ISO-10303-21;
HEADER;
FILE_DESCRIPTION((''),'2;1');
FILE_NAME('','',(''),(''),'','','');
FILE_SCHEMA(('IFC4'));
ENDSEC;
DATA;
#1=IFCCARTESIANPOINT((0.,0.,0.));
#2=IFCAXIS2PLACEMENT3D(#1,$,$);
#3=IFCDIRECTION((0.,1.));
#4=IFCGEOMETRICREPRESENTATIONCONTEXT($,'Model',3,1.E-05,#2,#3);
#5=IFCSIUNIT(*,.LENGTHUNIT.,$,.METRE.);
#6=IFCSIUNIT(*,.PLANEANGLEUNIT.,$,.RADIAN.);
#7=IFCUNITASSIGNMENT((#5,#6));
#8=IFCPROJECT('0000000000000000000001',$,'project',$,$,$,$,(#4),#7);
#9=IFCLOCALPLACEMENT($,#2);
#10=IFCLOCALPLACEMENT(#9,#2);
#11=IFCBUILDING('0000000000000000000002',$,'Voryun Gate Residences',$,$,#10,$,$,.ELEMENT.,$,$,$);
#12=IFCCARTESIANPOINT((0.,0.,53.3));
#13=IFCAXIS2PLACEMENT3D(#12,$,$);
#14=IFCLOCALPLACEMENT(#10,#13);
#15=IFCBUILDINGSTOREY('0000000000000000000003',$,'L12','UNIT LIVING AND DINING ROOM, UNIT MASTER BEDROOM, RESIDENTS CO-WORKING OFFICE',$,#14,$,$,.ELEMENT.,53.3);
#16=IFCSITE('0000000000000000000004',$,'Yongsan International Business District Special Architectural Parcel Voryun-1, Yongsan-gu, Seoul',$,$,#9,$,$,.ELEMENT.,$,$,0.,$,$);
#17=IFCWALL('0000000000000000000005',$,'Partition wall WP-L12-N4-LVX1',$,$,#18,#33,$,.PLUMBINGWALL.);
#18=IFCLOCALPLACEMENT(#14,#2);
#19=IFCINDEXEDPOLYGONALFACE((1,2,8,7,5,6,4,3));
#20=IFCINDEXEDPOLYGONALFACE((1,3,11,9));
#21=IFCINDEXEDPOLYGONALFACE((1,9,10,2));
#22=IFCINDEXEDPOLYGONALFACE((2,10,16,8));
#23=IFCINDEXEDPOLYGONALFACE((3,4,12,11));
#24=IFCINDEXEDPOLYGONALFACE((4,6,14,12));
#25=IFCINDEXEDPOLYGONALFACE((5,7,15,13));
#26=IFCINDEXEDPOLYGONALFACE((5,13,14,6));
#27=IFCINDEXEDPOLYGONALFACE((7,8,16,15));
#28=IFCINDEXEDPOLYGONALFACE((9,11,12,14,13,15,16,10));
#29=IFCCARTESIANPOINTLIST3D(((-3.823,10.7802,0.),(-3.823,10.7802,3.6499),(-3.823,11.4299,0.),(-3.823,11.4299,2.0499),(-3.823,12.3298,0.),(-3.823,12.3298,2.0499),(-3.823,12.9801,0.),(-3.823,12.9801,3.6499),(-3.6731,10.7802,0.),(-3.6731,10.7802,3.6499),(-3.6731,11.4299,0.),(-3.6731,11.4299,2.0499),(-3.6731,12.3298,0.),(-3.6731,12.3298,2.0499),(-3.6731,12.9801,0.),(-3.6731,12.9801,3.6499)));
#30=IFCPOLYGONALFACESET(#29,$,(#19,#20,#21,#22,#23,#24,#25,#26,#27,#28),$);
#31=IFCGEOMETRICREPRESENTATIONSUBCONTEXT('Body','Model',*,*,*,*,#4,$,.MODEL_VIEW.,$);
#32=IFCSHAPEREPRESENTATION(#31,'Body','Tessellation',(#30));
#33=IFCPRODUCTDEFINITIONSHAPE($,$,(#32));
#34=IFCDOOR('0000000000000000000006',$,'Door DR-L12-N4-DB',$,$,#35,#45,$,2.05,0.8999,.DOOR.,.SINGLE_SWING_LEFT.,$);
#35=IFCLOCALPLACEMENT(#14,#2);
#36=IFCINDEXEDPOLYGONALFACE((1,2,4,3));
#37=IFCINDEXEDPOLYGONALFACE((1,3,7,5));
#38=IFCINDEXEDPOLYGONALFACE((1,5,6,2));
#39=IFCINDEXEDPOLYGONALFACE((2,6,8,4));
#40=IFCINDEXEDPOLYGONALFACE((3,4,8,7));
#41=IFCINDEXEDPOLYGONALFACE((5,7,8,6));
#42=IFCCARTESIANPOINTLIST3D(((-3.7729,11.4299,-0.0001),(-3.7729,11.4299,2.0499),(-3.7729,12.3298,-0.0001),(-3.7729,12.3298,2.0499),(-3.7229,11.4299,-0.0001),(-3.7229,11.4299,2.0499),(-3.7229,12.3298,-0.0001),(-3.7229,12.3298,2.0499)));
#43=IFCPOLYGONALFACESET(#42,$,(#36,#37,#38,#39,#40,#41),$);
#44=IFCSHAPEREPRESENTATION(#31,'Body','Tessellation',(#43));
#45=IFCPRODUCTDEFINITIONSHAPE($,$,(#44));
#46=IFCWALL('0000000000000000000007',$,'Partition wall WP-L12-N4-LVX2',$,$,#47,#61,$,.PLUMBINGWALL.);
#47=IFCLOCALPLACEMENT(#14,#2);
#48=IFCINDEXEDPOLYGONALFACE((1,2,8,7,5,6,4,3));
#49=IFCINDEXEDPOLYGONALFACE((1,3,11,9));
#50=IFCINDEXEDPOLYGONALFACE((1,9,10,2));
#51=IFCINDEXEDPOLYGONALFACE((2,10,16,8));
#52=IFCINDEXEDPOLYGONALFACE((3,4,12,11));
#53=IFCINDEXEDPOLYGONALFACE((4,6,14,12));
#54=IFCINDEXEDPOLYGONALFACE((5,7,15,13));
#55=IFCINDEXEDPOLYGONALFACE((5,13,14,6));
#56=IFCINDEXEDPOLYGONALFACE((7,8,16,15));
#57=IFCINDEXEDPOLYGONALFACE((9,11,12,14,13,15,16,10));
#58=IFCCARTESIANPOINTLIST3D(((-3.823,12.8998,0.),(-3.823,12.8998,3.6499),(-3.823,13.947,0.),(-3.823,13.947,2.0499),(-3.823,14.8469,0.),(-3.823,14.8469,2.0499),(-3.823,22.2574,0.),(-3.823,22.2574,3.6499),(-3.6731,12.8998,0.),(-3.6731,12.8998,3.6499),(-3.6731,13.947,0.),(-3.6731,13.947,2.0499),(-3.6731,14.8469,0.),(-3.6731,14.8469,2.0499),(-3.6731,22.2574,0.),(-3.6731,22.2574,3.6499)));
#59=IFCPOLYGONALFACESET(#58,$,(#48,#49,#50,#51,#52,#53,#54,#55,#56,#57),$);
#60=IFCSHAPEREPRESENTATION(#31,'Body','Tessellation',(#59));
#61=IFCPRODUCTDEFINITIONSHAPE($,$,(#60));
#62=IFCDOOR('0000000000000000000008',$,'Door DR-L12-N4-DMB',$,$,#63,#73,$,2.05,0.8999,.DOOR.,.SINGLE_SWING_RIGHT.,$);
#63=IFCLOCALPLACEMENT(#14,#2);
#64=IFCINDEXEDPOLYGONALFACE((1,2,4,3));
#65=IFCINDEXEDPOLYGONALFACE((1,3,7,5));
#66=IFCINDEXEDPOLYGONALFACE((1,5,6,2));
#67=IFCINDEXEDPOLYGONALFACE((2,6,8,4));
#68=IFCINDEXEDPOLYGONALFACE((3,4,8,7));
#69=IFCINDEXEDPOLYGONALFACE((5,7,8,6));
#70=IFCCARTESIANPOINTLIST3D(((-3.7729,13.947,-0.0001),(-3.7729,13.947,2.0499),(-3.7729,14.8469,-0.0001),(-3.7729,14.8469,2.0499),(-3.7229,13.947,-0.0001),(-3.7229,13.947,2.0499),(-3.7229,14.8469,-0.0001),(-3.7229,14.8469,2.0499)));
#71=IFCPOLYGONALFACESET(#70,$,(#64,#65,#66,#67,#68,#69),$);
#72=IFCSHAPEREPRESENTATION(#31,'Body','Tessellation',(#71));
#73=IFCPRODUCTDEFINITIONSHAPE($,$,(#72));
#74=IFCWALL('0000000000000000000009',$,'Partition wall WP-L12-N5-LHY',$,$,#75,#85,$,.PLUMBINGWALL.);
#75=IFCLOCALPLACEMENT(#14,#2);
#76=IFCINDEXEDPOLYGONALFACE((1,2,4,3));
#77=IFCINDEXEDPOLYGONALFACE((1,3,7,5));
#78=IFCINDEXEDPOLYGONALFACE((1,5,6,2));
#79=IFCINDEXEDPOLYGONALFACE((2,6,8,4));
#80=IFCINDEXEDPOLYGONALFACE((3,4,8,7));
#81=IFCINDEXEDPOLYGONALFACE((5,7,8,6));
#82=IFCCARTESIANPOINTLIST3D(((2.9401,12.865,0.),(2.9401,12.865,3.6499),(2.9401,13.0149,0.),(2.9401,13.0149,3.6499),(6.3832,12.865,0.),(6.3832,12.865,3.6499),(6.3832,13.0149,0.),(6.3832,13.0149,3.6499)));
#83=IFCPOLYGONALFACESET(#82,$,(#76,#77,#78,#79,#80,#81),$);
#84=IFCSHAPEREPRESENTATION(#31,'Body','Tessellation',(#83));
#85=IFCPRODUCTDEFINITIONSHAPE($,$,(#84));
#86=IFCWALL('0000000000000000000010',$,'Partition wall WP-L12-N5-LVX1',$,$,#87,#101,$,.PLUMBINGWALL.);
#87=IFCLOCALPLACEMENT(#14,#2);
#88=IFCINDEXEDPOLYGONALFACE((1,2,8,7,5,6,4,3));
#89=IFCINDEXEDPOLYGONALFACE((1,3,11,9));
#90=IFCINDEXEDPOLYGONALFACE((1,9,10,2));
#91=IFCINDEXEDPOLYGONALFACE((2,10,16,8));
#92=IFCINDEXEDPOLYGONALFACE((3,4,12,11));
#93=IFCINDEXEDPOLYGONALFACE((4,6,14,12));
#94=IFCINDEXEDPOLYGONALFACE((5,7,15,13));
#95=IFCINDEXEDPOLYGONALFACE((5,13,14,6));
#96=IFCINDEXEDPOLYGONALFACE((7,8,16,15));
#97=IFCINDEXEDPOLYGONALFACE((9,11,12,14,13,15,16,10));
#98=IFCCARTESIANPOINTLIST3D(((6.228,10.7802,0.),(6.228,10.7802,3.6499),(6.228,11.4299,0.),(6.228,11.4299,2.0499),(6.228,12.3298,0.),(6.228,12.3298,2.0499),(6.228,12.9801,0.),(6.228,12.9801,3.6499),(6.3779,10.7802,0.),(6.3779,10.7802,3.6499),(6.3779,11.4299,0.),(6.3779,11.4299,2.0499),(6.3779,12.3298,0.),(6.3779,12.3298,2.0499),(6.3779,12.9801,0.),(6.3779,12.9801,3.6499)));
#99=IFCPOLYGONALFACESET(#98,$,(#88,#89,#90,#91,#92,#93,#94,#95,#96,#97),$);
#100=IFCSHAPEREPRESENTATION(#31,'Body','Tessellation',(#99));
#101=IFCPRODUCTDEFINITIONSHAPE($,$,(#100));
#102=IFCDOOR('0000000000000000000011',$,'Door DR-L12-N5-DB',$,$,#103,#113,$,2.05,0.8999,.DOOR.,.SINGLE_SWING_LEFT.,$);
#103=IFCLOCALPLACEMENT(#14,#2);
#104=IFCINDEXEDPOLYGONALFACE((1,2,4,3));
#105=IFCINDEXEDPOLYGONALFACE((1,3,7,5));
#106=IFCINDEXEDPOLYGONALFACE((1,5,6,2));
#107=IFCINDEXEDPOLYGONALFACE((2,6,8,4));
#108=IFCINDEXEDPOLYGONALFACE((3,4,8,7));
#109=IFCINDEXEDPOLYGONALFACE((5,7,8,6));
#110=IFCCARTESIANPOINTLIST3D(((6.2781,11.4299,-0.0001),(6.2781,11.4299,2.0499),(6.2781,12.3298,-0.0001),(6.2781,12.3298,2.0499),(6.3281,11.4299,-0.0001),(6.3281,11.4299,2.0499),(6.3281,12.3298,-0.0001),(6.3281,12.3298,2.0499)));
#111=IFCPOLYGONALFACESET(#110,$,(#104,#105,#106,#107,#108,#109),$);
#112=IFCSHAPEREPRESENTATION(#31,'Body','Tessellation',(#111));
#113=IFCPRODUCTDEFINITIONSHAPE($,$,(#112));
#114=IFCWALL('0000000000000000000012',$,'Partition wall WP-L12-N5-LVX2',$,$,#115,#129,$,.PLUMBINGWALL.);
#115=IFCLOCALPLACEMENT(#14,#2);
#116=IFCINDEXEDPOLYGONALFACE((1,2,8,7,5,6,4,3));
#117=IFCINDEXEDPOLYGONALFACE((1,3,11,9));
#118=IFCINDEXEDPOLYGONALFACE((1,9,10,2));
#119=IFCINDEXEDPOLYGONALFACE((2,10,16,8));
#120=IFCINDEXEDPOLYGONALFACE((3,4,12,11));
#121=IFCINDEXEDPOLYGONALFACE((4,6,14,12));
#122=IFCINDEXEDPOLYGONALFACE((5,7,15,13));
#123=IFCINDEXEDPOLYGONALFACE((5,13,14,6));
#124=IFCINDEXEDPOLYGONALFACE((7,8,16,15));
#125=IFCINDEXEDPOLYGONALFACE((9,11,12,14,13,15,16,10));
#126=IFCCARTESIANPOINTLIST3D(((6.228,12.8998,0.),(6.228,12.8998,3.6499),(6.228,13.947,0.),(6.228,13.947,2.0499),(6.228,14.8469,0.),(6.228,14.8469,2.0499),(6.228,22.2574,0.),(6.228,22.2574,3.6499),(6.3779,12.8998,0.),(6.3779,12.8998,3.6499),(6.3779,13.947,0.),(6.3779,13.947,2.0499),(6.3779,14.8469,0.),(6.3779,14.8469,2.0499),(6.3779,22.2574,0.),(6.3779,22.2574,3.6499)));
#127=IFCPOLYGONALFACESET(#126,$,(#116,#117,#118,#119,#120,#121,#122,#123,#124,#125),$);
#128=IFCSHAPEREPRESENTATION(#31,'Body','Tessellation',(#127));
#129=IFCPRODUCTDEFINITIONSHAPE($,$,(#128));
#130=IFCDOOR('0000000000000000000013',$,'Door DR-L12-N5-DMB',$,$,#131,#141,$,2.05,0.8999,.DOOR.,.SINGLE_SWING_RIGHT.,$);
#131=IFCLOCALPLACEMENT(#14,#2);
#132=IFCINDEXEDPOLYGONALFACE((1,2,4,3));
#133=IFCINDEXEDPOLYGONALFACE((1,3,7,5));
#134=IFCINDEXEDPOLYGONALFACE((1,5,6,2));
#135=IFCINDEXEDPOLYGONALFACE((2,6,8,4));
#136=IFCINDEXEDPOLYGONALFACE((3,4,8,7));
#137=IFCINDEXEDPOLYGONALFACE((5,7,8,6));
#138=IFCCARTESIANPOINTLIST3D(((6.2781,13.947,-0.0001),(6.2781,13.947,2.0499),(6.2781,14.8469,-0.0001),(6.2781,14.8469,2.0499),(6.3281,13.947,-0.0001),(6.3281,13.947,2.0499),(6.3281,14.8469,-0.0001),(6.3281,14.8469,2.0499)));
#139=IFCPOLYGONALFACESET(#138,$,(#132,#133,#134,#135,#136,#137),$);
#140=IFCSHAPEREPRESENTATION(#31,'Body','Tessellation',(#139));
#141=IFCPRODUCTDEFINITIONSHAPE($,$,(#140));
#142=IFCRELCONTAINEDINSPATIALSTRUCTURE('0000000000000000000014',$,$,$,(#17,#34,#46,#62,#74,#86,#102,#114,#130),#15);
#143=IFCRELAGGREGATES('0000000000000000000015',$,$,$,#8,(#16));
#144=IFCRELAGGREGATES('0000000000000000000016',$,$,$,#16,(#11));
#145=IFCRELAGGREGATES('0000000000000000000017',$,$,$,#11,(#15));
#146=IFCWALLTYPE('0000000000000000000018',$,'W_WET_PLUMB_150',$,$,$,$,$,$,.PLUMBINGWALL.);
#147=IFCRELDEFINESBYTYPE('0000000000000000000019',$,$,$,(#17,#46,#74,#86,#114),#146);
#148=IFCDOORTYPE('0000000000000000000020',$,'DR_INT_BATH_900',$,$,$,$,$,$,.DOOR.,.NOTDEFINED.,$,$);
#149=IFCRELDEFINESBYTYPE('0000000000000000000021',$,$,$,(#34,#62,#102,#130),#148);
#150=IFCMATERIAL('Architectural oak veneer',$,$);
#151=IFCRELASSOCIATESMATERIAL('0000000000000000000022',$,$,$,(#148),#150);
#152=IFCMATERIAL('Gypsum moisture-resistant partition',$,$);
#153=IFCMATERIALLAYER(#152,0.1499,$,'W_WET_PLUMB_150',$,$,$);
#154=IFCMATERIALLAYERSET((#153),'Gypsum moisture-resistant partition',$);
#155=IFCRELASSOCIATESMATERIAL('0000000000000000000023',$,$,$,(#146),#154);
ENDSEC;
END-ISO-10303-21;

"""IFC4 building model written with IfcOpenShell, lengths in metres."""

from ifc_helpers import new_model, si_unit, direction, frame, frame_2d, origin, place, context, subcontext, project, spatial, rectangle, extrude, material, layer, layer_set, type_object, element, fill, save


model = new_model("IFC4")

# Units and contexts
model_context = context("Model", 3, precision=1e-05, world=origin(), true_north=direction((0.0, 1.0)))
body_context = subcontext(model_context, "Body", "Model", "MODEL_VIEW")
ifc_project = project(units=[si_unit("LENGTHUNIT", "METRE"), si_unit("PLANEANGLEUNIT", "RADIAN")], contexts=[model_context])

# Site, building, storey
site_placement = place(None, origin())
site = spatial("IfcSite", under=ifc_project, at=site_placement, Name="Yongsan International Business District Special Architectural Parcel Voryun-1, Yongsan-gu, Seoul", CompositionType="ELEMENT", RefElevation=0.0)
building_placement = place(site_placement, origin())
building = spatial("IfcBuilding", under=site, at=building_placement, Name="Voryun Gate Residences", CompositionType="ELEMENT")
storey_placement = place(building_placement, frame((0.0, 0.0, 53.3)))
storey = spatial("IfcBuildingStorey", under=building, at=storey_placement, Name="L12", Description="UNIT LIVING AND DINING ROOM, UNIT MASTER BEDROOM, RESIDENTS CO-WORKING OFFICE", CompositionType="ELEMENT", Elevation=53.3)

# Shared definitions
ifc_material_1 = material(Name="Architectural oak veneer")
door_type_1 = type_object("IfcDoorType", Name="DR_INT_BATH_900", OperationType="NOTDEFINED", PredefinedType="DOOR", material=ifc_material_1)

# Walls, openings, doors
ifc_material_2 = material(Name="Gypsum moisture-resistant partition")
ifc_layer_1 = layer(ifc_material_2, 0.1499, Name="W_WET_PLUMB_150")
ifc_layer_set_1 = layer_set([ifc_layer_1], Name="Gypsum moisture-resistant partition")
wall_type_1 = type_object("IfcWallType", Name="W_WET_PLUMB_150", PredefinedType="PLUMBINGWALL", material=ifc_layer_set_1)
wall_1_placement = place(storey_placement, frame((-3.748, 10.78, 0.0), z_axis=(0.0, 0.0, 1.0), x_axis=(0.0, 1.0, 0.0)))
wall_1 = element("IfcWall", 1, at=wall_1_placement, inside=storey, type_object=wall_type_1, Name="Partition wall WP-L12-N4-LVX1", PredefinedType="PLUMBINGWALL", context=body_context, shape_type="SweptSolid", body=[
    extrude(rectangle(XDim=2.2, YDim=0.1499, at=frame_2d((1.1001, 0.0))), origin(), (0.0, 0.0, 1.0), 3.6499),
])
opening_1_placement = place(wall_1_placement, frame((0.6499, 0.0, 0.0)))
opening_1 = element("IfcOpeningElement", 2, at=opening_1_placement, cuts=wall_1, PredefinedType="OPENING", context=body_context, shape_type="SweptSolid", body=[
    extrude(rectangle(XDim=0.8999, YDim=2.05, at=frame_2d((0.45, 1.0249))), frame((0.0, 0.085, 0.0), z_axis=(0.0, -1.0, 0.0), x_axis=(1.0, 0.0, 0.0)), (0.0, 0.0, 1.0), 0.1699),
])
door_1_placement = place(opening_1_placement, origin())
door_1 = element("IfcDoor", 3, at=door_1_placement, inside=storey, type_object=door_type_1, Name="Door DR-L12-N4-DB", OperationType="SINGLE_SWING_LEFT", OverallHeight=2.05, OverallWidth=0.8999, PredefinedType="DOOR", context=body_context, shape_type="SweptSolid", body=[
    extrude(rectangle(XDim=0.8999, YDim=2.05, at=frame_2d((0.45, 1.0249))), frame((0.0, 0.0249, 0.0), z_axis=(0.0, -1.0, 0.0), x_axis=(1.0, 0.0, 0.0)), (0.0, 0.0, 1.0), 0.05),
])
fill(opening_1, door_1)
wall_2_placement = place(storey_placement, frame((-3.748, 12.8999, 0.0), z_axis=(0.0, 0.0, 1.0), x_axis=(0.0, 1.0, 0.0)))
wall_2 = element("IfcWall", 4, at=wall_2_placement, inside=storey, type_object=wall_type_1, Name="Partition wall WP-L12-N4-LVX2", PredefinedType="PLUMBINGWALL", context=body_context, shape_type="SweptSolid", body=[
    extrude(rectangle(XDim=9.3577, YDim=0.1499, at=frame_2d((4.6787, 0.0))), origin(), (0.0, 0.0, 1.0), 3.6499),
])
opening_2_placement = place(wall_2_placement, frame((1.0471, 0.0, 0.0)))
opening_2 = element("IfcOpeningElement", 5, at=opening_2_placement, cuts=wall_2, PredefinedType="OPENING", context=body_context, shape_type="SweptSolid", body=[
    extrude(rectangle(XDim=0.8999, YDim=2.05, at=frame_2d((0.45, 1.0249))), frame((0.0, 0.085, 0.0), z_axis=(0.0, -1.0, 0.0), x_axis=(1.0, 0.0, 0.0)), (0.0, 0.0, 1.0), 0.1699),
])
door_2_placement = place(opening_2_placement, origin())
door_2 = element("IfcDoor", 6, at=door_2_placement, inside=storey, type_object=door_type_1, Name="Door DR-L12-N4-DMB", OperationType="SINGLE_SWING_RIGHT", OverallHeight=2.05, OverallWidth=0.8999, PredefinedType="DOOR", context=body_context, shape_type="SweptSolid", body=[
    extrude(rectangle(XDim=0.8999, YDim=2.05, at=frame_2d((0.45, 1.0249))), frame((0.0, 0.0249, 0.0), z_axis=(0.0, -1.0, 0.0), x_axis=(1.0, 0.0, 0.0)), (0.0, 0.0, 1.0), 0.05),
])
fill(opening_2, door_2)

# Wall
wall_3_placement = place(storey_placement, frame((2.9399, 12.9399, 0.0), z_axis=(0.0, 0.0, 1.0), x_axis=(1.0, 0.0, 0.0)))
element("IfcWall", 7, at=wall_3_placement, inside=storey, type_object=wall_type_1, Name="Partition wall WP-L12-N5-LHY", PredefinedType="PLUMBINGWALL", context=body_context, shape_type="SweptSolid", body=[
    extrude(rectangle(XDim=3.4431, YDim=0.1499, at=frame_2d((1.7217, 0.0))), origin(), (0.0, 0.0, 1.0), 3.6499),
])

# Walls, openings, doors
wall_4_placement = place(storey_placement, frame((6.303, 10.78, 0.0), z_axis=(0.0, 0.0, 1.0), x_axis=(0.0, 1.0, 0.0)))
wall_4 = element("IfcWall", 8, at=wall_4_placement, inside=storey, type_object=wall_type_1, Name="Partition wall WP-L12-N5-LVX1", PredefinedType="PLUMBINGWALL", context=body_context, shape_type="SweptSolid", body=[
    extrude(rectangle(XDim=2.2, YDim=0.1499, at=frame_2d((1.1001, 0.0))), origin(), (0.0, 0.0, 1.0), 3.6499),
])
opening_3_placement = place(wall_4_placement, frame((0.6499, 0.0, 0.0)))
opening_3 = element("IfcOpeningElement", 9, at=opening_3_placement, cuts=wall_4, PredefinedType="OPENING", context=body_context, shape_type="SweptSolid", body=[
    extrude(rectangle(XDim=0.8999, YDim=2.05, at=frame_2d((0.45, 1.0249))), frame((0.0, 0.085, 0.0), z_axis=(0.0, -1.0, 0.0), x_axis=(1.0, 0.0, 0.0)), (0.0, 0.0, 1.0), 0.1699),
])
door_3_placement = place(opening_3_placement, origin())
door_3 = element("IfcDoor", 10, at=door_3_placement, inside=storey, type_object=door_type_1, Name="Door DR-L12-N5-DB", OperationType="SINGLE_SWING_LEFT", OverallHeight=2.05, OverallWidth=0.8999, PredefinedType="DOOR", context=body_context, shape_type="SweptSolid", body=[
    extrude(rectangle(XDim=0.8999, YDim=2.05, at=frame_2d((0.45, 1.0249))), frame((0.0, 0.0249, 0.0), z_axis=(0.0, -1.0, 0.0), x_axis=(1.0, 0.0, 0.0)), (0.0, 0.0, 1.0), 0.05),
])
fill(opening_3, door_3)
wall_5_placement = place(storey_placement, frame((6.303, 12.8999, 0.0), z_axis=(0.0, 0.0, 1.0), x_axis=(0.0, 1.0, 0.0)))
wall_5 = element("IfcWall", 11, at=wall_5_placement, inside=storey, type_object=wall_type_1, Name="Partition wall WP-L12-N5-LVX2", PredefinedType="PLUMBINGWALL", context=body_context, shape_type="SweptSolid", body=[
    extrude(rectangle(XDim=9.3577, YDim=0.1499, at=frame_2d((4.6787, 0.0))), origin(), (0.0, 0.0, 1.0), 3.6499),
])
opening_4_placement = place(wall_5_placement, frame((1.0471, 0.0, 0.0)))
opening_4 = element("IfcOpeningElement", 12, at=opening_4_placement, cuts=wall_5, PredefinedType="OPENING", context=body_context, shape_type="SweptSolid", body=[
    extrude(rectangle(XDim=0.8999, YDim=2.05, at=frame_2d((0.45, 1.0249))), frame((0.0, 0.085, 0.0), z_axis=(0.0, -1.0, 0.0), x_axis=(1.0, 0.0, 0.0)), (0.0, 0.0, 1.0), 0.1699),
])
door_4_placement = place(opening_4_placement, origin())
door_4 = element("IfcDoor", 13, at=door_4_placement, inside=storey, type_object=door_type_1, Name="Door DR-L12-N5-DMB", OperationType="SINGLE_SWING_RIGHT", OverallHeight=2.05, OverallWidth=0.8999, PredefinedType="DOOR", context=body_context, shape_type="SweptSolid", body=[
    extrude(rectangle(XDim=0.8999, YDim=2.05, at=frame_2d((0.45, 1.0249))), frame((0.0, 0.0249, 0.0), z_axis=(0.0, -1.0, 0.0), x_axis=(1.0, 0.0, 0.0)), (0.0, 0.0, 1.0), 0.05),
])
fill(opening_4, door_4)

save(model, "model.ifc")
